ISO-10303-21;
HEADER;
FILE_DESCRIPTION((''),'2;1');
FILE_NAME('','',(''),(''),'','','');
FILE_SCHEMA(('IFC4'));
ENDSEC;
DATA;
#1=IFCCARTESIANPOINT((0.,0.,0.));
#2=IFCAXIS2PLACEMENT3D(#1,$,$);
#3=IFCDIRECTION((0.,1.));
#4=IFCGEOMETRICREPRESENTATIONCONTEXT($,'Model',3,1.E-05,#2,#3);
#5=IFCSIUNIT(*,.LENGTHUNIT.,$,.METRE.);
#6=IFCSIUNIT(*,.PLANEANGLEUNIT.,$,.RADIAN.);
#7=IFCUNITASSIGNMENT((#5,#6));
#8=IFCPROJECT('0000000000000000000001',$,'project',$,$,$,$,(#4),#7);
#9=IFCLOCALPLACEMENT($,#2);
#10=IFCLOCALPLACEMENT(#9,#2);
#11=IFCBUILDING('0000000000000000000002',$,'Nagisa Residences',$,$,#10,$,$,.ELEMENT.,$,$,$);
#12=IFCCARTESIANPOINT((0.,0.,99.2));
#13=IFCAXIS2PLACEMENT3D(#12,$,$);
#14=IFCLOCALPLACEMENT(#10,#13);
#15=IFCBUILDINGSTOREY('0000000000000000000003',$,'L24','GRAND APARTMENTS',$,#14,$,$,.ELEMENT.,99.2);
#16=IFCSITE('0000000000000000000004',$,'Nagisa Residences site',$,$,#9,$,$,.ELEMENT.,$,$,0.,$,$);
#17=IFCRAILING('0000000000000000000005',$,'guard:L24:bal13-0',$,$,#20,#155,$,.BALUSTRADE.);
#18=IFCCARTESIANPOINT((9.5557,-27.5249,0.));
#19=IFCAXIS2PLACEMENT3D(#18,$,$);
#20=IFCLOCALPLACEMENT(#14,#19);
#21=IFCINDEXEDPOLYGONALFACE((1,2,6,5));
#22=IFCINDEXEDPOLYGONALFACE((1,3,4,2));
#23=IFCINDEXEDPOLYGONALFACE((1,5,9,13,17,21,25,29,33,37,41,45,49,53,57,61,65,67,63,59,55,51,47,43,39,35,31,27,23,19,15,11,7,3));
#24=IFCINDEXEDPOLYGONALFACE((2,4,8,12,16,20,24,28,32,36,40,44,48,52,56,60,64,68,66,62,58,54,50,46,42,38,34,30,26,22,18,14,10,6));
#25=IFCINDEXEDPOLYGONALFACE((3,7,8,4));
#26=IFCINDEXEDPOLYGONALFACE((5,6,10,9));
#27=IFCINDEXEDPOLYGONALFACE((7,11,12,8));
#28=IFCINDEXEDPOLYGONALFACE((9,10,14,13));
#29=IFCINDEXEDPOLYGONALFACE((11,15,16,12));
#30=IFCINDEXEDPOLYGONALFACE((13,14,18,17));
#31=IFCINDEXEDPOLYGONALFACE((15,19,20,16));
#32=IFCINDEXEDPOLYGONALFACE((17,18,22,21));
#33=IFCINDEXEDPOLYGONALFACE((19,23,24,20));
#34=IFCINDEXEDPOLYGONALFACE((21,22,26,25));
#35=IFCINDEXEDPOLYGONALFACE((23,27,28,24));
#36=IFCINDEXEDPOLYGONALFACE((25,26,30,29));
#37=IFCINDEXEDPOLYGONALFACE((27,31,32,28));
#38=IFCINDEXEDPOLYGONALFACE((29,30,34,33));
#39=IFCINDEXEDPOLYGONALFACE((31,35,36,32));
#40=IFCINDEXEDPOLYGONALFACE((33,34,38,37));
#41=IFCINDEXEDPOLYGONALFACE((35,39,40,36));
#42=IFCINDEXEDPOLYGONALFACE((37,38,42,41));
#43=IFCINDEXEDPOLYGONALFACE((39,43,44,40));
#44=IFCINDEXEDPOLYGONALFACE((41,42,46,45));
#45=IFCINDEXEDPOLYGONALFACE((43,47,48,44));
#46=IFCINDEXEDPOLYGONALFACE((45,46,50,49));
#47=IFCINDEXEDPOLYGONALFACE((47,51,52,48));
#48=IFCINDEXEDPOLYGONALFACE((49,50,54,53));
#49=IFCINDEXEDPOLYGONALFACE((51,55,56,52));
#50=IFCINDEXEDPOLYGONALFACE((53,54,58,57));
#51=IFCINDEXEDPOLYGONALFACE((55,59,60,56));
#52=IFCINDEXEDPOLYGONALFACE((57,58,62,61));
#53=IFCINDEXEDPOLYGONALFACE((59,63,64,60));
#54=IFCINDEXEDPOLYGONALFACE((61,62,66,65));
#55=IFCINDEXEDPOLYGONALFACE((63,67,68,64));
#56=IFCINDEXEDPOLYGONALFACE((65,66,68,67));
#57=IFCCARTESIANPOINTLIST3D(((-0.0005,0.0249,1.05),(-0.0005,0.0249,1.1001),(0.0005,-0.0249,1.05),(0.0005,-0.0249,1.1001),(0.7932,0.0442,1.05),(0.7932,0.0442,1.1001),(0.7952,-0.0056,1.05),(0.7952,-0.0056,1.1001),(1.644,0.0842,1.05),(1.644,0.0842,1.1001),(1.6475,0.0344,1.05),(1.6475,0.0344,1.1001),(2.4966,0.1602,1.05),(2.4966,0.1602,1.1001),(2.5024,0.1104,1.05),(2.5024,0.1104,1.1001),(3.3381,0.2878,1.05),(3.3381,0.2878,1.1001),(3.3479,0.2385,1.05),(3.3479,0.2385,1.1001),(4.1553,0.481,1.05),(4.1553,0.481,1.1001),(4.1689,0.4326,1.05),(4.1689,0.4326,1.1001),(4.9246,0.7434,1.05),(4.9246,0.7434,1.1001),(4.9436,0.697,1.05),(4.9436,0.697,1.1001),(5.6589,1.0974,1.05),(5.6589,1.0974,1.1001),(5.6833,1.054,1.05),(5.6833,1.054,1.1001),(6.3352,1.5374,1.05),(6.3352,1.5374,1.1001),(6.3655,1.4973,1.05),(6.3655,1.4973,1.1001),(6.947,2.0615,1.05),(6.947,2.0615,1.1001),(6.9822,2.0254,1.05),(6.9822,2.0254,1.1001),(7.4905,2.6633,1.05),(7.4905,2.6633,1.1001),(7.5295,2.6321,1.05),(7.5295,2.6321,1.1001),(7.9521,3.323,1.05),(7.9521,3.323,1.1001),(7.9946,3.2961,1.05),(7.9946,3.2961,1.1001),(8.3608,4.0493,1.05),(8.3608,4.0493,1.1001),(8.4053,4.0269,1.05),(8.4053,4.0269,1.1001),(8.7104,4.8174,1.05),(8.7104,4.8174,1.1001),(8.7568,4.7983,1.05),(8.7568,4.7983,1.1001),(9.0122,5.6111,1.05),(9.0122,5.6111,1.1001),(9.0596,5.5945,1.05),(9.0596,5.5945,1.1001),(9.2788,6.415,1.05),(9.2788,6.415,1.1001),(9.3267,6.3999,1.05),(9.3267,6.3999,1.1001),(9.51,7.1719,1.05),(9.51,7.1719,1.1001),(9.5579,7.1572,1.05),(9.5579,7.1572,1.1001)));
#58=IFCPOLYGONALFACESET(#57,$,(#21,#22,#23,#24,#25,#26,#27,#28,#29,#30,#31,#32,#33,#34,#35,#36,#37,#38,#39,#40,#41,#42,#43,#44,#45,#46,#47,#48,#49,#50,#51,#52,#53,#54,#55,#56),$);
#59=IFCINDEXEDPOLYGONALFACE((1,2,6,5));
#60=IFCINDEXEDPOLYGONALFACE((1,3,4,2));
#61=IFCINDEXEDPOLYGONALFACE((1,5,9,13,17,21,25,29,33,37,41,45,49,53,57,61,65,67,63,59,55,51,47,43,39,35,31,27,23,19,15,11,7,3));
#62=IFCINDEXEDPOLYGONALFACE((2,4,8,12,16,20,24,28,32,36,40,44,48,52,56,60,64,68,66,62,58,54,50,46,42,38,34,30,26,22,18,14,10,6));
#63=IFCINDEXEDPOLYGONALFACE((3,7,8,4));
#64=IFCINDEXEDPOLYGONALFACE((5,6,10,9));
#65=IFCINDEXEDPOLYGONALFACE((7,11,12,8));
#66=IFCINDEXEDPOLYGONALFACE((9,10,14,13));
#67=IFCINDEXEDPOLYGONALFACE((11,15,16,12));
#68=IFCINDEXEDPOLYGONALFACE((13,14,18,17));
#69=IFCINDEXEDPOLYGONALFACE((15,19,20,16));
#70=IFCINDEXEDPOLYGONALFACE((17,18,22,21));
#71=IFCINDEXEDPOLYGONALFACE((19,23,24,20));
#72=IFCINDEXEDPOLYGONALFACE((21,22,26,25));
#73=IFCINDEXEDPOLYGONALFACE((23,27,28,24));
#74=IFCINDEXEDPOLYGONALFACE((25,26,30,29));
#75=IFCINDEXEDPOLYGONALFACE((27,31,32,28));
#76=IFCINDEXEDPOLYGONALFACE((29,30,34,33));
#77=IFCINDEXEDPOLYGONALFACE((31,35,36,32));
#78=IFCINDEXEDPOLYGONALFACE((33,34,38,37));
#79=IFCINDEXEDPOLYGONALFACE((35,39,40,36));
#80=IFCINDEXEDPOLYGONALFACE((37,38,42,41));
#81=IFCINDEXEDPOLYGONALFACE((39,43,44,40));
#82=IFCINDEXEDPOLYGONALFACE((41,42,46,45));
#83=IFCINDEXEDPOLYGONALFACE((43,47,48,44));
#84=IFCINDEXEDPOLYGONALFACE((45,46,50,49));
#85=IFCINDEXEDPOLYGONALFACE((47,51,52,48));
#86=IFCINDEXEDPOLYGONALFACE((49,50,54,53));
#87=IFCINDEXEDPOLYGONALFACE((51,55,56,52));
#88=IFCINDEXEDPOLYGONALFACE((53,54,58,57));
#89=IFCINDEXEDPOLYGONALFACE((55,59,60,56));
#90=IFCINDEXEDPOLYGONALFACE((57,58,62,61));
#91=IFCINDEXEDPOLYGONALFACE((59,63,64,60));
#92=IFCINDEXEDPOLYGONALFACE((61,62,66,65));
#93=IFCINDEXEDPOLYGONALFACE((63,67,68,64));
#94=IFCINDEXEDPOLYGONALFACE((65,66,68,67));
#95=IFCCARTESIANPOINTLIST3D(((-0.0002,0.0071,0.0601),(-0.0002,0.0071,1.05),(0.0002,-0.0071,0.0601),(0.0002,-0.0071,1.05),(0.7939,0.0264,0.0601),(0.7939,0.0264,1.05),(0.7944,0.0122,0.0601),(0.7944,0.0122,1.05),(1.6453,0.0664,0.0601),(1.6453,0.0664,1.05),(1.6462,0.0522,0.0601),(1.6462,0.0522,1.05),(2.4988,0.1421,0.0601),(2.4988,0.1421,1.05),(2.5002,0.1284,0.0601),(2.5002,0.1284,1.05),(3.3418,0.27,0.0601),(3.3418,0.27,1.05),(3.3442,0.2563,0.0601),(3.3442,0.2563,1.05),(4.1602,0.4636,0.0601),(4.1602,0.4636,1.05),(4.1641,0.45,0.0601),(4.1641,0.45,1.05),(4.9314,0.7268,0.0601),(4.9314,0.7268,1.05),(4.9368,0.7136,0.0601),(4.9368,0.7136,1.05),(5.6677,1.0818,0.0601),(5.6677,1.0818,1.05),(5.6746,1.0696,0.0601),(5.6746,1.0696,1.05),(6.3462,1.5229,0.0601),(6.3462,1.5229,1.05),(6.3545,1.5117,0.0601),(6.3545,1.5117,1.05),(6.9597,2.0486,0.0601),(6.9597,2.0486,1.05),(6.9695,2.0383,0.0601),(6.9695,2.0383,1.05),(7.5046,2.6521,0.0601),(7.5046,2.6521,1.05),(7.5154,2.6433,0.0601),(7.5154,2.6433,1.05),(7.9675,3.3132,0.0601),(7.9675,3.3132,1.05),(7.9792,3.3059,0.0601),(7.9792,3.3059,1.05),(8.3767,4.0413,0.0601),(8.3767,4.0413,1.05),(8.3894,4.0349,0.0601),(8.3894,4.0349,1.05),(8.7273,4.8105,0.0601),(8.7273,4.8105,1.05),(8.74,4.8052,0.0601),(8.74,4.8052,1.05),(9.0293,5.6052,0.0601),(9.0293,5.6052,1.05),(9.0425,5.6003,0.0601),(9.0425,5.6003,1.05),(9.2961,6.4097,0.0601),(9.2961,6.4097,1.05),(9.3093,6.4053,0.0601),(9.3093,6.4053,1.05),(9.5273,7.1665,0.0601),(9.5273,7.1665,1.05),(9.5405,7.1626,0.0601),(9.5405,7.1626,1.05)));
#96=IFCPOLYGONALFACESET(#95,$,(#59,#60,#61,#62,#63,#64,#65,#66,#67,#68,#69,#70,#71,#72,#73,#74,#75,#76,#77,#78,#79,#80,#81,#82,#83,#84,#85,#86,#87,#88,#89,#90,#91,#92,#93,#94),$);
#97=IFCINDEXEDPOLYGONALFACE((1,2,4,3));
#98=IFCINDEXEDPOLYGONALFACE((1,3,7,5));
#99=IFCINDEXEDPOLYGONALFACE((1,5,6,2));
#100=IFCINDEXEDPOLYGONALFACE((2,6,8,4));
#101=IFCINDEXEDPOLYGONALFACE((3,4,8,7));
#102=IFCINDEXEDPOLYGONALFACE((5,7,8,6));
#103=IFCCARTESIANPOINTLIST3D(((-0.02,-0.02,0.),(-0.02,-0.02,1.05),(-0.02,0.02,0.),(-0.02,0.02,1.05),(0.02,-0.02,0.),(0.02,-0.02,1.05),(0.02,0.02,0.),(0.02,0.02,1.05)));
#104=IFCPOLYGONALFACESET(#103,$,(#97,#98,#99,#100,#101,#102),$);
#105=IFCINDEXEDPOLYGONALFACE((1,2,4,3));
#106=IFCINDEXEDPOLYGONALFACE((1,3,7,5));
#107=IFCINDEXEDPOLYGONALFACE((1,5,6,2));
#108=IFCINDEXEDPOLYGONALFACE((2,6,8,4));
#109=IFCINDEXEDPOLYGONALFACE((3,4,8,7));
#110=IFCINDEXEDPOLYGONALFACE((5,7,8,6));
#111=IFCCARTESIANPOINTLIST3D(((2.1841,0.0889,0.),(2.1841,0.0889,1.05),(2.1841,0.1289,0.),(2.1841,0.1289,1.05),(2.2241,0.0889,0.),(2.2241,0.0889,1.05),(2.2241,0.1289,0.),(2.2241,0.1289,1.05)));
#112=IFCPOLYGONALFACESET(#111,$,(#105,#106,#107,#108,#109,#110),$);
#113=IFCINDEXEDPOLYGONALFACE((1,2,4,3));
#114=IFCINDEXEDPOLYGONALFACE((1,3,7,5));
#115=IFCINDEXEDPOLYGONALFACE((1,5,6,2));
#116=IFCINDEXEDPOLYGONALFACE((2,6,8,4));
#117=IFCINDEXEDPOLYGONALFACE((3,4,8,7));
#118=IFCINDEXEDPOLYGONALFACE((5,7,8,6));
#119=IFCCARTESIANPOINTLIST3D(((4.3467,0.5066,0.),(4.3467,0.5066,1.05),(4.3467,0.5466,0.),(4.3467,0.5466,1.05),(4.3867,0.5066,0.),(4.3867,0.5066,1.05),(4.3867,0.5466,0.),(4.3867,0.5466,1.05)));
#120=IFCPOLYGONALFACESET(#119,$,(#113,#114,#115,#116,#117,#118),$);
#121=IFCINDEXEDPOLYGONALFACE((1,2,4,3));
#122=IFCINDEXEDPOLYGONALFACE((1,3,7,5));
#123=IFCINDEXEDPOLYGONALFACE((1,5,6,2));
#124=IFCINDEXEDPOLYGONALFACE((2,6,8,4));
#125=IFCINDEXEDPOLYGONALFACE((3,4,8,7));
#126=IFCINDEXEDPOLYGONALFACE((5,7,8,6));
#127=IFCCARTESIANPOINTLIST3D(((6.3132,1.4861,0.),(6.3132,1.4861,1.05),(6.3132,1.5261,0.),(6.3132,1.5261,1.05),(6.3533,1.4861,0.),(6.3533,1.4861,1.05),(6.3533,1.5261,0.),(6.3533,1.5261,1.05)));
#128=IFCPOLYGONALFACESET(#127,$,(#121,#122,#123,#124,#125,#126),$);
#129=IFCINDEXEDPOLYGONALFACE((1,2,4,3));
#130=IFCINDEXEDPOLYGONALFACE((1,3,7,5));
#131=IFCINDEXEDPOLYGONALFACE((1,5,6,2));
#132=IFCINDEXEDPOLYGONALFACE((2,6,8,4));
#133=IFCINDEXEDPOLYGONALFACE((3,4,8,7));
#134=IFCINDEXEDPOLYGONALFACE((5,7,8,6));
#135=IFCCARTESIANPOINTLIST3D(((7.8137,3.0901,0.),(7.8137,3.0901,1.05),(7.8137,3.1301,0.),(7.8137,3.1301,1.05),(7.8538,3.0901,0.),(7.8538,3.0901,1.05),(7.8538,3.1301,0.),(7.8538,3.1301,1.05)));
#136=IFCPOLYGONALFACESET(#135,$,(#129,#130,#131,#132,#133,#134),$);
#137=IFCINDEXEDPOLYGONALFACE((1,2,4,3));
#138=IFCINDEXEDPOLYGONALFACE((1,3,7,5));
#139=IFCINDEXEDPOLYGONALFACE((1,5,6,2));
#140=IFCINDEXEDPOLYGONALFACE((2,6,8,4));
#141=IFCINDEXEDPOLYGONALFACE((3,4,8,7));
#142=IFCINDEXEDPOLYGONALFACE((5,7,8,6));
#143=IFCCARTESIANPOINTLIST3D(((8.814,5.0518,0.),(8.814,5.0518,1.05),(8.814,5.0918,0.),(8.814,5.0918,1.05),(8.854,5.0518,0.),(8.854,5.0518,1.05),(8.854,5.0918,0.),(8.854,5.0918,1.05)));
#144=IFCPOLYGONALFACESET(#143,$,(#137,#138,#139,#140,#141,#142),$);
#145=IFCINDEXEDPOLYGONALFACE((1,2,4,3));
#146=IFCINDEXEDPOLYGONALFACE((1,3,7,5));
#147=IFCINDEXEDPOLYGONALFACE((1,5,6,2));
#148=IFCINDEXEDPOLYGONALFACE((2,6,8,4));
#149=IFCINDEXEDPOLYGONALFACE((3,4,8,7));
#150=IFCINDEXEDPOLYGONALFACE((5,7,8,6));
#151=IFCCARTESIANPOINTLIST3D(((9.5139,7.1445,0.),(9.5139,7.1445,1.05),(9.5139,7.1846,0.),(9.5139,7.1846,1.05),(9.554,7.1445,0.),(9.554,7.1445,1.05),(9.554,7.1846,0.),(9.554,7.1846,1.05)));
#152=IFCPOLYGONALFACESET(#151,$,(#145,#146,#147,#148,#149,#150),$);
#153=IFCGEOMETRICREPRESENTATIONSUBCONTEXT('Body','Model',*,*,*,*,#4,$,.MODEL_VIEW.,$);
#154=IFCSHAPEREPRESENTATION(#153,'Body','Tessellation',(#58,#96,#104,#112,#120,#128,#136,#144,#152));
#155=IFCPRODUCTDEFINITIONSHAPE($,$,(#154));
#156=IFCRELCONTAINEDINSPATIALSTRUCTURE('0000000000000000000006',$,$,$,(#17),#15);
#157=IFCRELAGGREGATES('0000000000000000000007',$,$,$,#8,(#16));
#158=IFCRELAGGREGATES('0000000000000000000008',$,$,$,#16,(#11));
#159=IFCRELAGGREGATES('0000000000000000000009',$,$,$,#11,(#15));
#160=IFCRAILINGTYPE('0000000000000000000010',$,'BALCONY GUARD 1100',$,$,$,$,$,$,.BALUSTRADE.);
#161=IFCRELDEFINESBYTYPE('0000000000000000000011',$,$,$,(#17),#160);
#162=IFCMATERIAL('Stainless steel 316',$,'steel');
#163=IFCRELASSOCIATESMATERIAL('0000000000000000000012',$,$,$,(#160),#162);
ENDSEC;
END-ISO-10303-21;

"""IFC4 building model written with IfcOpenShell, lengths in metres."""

from ifc_helpers import new_model, si_unit, direction, frame, origin, origin_2d, place, context, subcontext, project, spatial, polyline, rectangle, outline, extrude, material, type_object, element, save


model = new_model("IFC4")

# Units and contexts
model_context = context("Model", 3, precision=1e-05, world=origin(), true_north=direction((0.0, 1.0)))
body_context = subcontext(model_context, "Body", "Model", "MODEL_VIEW")
ifc_project = project(units=[si_unit("LENGTHUNIT", "METRE"), si_unit("PLANEANGLEUNIT", "RADIAN")], contexts=[model_context])

# Site, building, storey
site_placement = place(None, origin())
site = spatial("IfcSite", under=ifc_project, at=site_placement, Name="Nagisa Residences site", CompositionType="ELEMENT", RefElevation=0.0)
building_placement = place(site_placement, origin())
building = spatial("IfcBuilding", under=site, at=building_placement, Name="Nagisa Residences", CompositionType="ELEMENT")
storey_placement = place(building_placement, frame((0.0, 0.0, 99.2)))
storey = spatial("IfcBuildingStorey", under=building, at=storey_placement, Name="L24", Description="GRAND APARTMENTS", CompositionType="ELEMENT", Elevation=99.2)

# Railing
ifc_material_1 = material(Name="Stainless steel 316", Category="steel")
railing_type = type_object("IfcRailingType", Name="BALCONY GUARD 1100", PredefinedType="BALUSTRADE", material=ifc_material_1)
railing_1_placement = place(storey_placement, frame((9.5557, -27.5249, 0.0)))
element("IfcRailing", 1, at=railing_1_placement, inside=storey, type_object=railing_type, Name="guard:L24:bal13-0", PredefinedType="BALUSTRADE", context=body_context, shape_type="SweptSolid", body=[
    extrude(outline(polyline([(0.7932, 0.0442), (-0.0005, 0.0249), (0.0005, -0.0249), (0.7952, -0.0056), (1.6475, 0.0344), (2.5024, 0.1104), (3.3479, 0.2385), (4.1689, 0.4326), (4.9436, 0.697), (5.6833, 1.054), (6.3655, 1.4973), (6.9822, 2.0254), (7.5295, 2.6321), (7.9946, 3.2961), (8.4053, 4.0269), (8.7568, 4.7983), (9.0596, 5.5945), (9.3267, 6.3999), (9.5579, 7.1572), (9.51, 7.1719), (9.2788, 6.415), (9.0122, 5.6111), (8.7104, 4.8174), (8.3608, 4.0493), (7.9521, 3.323), (7.4905, 2.6633), (6.947, 2.0615), (6.3352, 1.5374), (5.6589, 1.0974), (4.9246, 0.7434), (4.1553, 0.481), (3.3381, 0.2878), (2.4966, 0.1602), (1.644, 0.0842), (0.7932, 0.0442)])), frame((0.0, 0.0, 1.05)), (0.0, 0.0, 1.0), 0.05),
    extrude(outline(polyline([(0.7939, 0.0264), (-0.0002, 0.0071), (0.0002, -0.0071), (0.7944, 0.0122), (1.6462, 0.0522), (2.5002, 0.1284), (3.3442, 0.2563), (4.1641, 0.45), (4.9368, 0.7136), (5.6746, 1.0696), (6.3545, 1.5117), (6.9695, 2.0383), (7.5154, 2.6433), (7.9792, 3.3059), (8.3894, 4.0349), (8.74, 4.8052), (9.0425, 5.6003), (9.3093, 6.4053), (9.5405, 7.1626), (9.5273, 7.1665), (9.2961, 6.4097), (9.0293, 5.6052), (8.7273, 4.8105), (8.3767, 4.0413), (7.9675, 3.3132), (7.5046, 2.6521), (6.9597, 2.0486), (6.3462, 1.5229), (5.6677, 1.0818), (4.9314, 0.7268), (4.1602, 0.4636), (3.3418, 0.27), (2.4988, 0.1421), (1.6453, 0.0664), (0.7939, 0.0264)])), frame((0.0, 0.0, 0.0601)), (0.0, 0.0, 1.0), 0.99),
    extrude(rectangle(XDim=0.04, YDim=0.04, at=origin_2d()), origin(), (0.0, 0.0, 1.0), 1.05),
    extrude(rectangle(XDim=0.04, YDim=0.04, at=origin_2d()), frame((2.2041, 0.1089, 0.0)), (0.0, 0.0, 1.0), 1.05),
    extrude(rectangle(XDim=0.04, YDim=0.04, at=origin_2d()), frame((4.3667, 0.5266, 0.0)), (0.0, 0.0, 1.0), 1.05),
    extrude(rectangle(XDim=0.04, YDim=0.04, at=origin_2d()), frame((6.3333, 1.5061, 0.0)), (0.0, 0.0, 1.0), 1.05),
    extrude(rectangle(XDim=0.04, YDim=0.04, at=origin_2d()), frame((7.8337, 3.1101, 0.0)), (0.0, 0.0, 1.0), 1.05),
    extrude(rectangle(XDim=0.04, YDim=0.04, at=origin_2d()), frame((8.834, 5.0718, 0.0)), (0.0, 0.0, 1.0), 1.05),
    extrude(rectangle(XDim=0.04, YDim=0.04, at=origin_2d()), frame((9.5339, 7.1646, 0.0)), (0.0, 0.0, 1.0), 1.05),
])

save(model, "model.ifc")
